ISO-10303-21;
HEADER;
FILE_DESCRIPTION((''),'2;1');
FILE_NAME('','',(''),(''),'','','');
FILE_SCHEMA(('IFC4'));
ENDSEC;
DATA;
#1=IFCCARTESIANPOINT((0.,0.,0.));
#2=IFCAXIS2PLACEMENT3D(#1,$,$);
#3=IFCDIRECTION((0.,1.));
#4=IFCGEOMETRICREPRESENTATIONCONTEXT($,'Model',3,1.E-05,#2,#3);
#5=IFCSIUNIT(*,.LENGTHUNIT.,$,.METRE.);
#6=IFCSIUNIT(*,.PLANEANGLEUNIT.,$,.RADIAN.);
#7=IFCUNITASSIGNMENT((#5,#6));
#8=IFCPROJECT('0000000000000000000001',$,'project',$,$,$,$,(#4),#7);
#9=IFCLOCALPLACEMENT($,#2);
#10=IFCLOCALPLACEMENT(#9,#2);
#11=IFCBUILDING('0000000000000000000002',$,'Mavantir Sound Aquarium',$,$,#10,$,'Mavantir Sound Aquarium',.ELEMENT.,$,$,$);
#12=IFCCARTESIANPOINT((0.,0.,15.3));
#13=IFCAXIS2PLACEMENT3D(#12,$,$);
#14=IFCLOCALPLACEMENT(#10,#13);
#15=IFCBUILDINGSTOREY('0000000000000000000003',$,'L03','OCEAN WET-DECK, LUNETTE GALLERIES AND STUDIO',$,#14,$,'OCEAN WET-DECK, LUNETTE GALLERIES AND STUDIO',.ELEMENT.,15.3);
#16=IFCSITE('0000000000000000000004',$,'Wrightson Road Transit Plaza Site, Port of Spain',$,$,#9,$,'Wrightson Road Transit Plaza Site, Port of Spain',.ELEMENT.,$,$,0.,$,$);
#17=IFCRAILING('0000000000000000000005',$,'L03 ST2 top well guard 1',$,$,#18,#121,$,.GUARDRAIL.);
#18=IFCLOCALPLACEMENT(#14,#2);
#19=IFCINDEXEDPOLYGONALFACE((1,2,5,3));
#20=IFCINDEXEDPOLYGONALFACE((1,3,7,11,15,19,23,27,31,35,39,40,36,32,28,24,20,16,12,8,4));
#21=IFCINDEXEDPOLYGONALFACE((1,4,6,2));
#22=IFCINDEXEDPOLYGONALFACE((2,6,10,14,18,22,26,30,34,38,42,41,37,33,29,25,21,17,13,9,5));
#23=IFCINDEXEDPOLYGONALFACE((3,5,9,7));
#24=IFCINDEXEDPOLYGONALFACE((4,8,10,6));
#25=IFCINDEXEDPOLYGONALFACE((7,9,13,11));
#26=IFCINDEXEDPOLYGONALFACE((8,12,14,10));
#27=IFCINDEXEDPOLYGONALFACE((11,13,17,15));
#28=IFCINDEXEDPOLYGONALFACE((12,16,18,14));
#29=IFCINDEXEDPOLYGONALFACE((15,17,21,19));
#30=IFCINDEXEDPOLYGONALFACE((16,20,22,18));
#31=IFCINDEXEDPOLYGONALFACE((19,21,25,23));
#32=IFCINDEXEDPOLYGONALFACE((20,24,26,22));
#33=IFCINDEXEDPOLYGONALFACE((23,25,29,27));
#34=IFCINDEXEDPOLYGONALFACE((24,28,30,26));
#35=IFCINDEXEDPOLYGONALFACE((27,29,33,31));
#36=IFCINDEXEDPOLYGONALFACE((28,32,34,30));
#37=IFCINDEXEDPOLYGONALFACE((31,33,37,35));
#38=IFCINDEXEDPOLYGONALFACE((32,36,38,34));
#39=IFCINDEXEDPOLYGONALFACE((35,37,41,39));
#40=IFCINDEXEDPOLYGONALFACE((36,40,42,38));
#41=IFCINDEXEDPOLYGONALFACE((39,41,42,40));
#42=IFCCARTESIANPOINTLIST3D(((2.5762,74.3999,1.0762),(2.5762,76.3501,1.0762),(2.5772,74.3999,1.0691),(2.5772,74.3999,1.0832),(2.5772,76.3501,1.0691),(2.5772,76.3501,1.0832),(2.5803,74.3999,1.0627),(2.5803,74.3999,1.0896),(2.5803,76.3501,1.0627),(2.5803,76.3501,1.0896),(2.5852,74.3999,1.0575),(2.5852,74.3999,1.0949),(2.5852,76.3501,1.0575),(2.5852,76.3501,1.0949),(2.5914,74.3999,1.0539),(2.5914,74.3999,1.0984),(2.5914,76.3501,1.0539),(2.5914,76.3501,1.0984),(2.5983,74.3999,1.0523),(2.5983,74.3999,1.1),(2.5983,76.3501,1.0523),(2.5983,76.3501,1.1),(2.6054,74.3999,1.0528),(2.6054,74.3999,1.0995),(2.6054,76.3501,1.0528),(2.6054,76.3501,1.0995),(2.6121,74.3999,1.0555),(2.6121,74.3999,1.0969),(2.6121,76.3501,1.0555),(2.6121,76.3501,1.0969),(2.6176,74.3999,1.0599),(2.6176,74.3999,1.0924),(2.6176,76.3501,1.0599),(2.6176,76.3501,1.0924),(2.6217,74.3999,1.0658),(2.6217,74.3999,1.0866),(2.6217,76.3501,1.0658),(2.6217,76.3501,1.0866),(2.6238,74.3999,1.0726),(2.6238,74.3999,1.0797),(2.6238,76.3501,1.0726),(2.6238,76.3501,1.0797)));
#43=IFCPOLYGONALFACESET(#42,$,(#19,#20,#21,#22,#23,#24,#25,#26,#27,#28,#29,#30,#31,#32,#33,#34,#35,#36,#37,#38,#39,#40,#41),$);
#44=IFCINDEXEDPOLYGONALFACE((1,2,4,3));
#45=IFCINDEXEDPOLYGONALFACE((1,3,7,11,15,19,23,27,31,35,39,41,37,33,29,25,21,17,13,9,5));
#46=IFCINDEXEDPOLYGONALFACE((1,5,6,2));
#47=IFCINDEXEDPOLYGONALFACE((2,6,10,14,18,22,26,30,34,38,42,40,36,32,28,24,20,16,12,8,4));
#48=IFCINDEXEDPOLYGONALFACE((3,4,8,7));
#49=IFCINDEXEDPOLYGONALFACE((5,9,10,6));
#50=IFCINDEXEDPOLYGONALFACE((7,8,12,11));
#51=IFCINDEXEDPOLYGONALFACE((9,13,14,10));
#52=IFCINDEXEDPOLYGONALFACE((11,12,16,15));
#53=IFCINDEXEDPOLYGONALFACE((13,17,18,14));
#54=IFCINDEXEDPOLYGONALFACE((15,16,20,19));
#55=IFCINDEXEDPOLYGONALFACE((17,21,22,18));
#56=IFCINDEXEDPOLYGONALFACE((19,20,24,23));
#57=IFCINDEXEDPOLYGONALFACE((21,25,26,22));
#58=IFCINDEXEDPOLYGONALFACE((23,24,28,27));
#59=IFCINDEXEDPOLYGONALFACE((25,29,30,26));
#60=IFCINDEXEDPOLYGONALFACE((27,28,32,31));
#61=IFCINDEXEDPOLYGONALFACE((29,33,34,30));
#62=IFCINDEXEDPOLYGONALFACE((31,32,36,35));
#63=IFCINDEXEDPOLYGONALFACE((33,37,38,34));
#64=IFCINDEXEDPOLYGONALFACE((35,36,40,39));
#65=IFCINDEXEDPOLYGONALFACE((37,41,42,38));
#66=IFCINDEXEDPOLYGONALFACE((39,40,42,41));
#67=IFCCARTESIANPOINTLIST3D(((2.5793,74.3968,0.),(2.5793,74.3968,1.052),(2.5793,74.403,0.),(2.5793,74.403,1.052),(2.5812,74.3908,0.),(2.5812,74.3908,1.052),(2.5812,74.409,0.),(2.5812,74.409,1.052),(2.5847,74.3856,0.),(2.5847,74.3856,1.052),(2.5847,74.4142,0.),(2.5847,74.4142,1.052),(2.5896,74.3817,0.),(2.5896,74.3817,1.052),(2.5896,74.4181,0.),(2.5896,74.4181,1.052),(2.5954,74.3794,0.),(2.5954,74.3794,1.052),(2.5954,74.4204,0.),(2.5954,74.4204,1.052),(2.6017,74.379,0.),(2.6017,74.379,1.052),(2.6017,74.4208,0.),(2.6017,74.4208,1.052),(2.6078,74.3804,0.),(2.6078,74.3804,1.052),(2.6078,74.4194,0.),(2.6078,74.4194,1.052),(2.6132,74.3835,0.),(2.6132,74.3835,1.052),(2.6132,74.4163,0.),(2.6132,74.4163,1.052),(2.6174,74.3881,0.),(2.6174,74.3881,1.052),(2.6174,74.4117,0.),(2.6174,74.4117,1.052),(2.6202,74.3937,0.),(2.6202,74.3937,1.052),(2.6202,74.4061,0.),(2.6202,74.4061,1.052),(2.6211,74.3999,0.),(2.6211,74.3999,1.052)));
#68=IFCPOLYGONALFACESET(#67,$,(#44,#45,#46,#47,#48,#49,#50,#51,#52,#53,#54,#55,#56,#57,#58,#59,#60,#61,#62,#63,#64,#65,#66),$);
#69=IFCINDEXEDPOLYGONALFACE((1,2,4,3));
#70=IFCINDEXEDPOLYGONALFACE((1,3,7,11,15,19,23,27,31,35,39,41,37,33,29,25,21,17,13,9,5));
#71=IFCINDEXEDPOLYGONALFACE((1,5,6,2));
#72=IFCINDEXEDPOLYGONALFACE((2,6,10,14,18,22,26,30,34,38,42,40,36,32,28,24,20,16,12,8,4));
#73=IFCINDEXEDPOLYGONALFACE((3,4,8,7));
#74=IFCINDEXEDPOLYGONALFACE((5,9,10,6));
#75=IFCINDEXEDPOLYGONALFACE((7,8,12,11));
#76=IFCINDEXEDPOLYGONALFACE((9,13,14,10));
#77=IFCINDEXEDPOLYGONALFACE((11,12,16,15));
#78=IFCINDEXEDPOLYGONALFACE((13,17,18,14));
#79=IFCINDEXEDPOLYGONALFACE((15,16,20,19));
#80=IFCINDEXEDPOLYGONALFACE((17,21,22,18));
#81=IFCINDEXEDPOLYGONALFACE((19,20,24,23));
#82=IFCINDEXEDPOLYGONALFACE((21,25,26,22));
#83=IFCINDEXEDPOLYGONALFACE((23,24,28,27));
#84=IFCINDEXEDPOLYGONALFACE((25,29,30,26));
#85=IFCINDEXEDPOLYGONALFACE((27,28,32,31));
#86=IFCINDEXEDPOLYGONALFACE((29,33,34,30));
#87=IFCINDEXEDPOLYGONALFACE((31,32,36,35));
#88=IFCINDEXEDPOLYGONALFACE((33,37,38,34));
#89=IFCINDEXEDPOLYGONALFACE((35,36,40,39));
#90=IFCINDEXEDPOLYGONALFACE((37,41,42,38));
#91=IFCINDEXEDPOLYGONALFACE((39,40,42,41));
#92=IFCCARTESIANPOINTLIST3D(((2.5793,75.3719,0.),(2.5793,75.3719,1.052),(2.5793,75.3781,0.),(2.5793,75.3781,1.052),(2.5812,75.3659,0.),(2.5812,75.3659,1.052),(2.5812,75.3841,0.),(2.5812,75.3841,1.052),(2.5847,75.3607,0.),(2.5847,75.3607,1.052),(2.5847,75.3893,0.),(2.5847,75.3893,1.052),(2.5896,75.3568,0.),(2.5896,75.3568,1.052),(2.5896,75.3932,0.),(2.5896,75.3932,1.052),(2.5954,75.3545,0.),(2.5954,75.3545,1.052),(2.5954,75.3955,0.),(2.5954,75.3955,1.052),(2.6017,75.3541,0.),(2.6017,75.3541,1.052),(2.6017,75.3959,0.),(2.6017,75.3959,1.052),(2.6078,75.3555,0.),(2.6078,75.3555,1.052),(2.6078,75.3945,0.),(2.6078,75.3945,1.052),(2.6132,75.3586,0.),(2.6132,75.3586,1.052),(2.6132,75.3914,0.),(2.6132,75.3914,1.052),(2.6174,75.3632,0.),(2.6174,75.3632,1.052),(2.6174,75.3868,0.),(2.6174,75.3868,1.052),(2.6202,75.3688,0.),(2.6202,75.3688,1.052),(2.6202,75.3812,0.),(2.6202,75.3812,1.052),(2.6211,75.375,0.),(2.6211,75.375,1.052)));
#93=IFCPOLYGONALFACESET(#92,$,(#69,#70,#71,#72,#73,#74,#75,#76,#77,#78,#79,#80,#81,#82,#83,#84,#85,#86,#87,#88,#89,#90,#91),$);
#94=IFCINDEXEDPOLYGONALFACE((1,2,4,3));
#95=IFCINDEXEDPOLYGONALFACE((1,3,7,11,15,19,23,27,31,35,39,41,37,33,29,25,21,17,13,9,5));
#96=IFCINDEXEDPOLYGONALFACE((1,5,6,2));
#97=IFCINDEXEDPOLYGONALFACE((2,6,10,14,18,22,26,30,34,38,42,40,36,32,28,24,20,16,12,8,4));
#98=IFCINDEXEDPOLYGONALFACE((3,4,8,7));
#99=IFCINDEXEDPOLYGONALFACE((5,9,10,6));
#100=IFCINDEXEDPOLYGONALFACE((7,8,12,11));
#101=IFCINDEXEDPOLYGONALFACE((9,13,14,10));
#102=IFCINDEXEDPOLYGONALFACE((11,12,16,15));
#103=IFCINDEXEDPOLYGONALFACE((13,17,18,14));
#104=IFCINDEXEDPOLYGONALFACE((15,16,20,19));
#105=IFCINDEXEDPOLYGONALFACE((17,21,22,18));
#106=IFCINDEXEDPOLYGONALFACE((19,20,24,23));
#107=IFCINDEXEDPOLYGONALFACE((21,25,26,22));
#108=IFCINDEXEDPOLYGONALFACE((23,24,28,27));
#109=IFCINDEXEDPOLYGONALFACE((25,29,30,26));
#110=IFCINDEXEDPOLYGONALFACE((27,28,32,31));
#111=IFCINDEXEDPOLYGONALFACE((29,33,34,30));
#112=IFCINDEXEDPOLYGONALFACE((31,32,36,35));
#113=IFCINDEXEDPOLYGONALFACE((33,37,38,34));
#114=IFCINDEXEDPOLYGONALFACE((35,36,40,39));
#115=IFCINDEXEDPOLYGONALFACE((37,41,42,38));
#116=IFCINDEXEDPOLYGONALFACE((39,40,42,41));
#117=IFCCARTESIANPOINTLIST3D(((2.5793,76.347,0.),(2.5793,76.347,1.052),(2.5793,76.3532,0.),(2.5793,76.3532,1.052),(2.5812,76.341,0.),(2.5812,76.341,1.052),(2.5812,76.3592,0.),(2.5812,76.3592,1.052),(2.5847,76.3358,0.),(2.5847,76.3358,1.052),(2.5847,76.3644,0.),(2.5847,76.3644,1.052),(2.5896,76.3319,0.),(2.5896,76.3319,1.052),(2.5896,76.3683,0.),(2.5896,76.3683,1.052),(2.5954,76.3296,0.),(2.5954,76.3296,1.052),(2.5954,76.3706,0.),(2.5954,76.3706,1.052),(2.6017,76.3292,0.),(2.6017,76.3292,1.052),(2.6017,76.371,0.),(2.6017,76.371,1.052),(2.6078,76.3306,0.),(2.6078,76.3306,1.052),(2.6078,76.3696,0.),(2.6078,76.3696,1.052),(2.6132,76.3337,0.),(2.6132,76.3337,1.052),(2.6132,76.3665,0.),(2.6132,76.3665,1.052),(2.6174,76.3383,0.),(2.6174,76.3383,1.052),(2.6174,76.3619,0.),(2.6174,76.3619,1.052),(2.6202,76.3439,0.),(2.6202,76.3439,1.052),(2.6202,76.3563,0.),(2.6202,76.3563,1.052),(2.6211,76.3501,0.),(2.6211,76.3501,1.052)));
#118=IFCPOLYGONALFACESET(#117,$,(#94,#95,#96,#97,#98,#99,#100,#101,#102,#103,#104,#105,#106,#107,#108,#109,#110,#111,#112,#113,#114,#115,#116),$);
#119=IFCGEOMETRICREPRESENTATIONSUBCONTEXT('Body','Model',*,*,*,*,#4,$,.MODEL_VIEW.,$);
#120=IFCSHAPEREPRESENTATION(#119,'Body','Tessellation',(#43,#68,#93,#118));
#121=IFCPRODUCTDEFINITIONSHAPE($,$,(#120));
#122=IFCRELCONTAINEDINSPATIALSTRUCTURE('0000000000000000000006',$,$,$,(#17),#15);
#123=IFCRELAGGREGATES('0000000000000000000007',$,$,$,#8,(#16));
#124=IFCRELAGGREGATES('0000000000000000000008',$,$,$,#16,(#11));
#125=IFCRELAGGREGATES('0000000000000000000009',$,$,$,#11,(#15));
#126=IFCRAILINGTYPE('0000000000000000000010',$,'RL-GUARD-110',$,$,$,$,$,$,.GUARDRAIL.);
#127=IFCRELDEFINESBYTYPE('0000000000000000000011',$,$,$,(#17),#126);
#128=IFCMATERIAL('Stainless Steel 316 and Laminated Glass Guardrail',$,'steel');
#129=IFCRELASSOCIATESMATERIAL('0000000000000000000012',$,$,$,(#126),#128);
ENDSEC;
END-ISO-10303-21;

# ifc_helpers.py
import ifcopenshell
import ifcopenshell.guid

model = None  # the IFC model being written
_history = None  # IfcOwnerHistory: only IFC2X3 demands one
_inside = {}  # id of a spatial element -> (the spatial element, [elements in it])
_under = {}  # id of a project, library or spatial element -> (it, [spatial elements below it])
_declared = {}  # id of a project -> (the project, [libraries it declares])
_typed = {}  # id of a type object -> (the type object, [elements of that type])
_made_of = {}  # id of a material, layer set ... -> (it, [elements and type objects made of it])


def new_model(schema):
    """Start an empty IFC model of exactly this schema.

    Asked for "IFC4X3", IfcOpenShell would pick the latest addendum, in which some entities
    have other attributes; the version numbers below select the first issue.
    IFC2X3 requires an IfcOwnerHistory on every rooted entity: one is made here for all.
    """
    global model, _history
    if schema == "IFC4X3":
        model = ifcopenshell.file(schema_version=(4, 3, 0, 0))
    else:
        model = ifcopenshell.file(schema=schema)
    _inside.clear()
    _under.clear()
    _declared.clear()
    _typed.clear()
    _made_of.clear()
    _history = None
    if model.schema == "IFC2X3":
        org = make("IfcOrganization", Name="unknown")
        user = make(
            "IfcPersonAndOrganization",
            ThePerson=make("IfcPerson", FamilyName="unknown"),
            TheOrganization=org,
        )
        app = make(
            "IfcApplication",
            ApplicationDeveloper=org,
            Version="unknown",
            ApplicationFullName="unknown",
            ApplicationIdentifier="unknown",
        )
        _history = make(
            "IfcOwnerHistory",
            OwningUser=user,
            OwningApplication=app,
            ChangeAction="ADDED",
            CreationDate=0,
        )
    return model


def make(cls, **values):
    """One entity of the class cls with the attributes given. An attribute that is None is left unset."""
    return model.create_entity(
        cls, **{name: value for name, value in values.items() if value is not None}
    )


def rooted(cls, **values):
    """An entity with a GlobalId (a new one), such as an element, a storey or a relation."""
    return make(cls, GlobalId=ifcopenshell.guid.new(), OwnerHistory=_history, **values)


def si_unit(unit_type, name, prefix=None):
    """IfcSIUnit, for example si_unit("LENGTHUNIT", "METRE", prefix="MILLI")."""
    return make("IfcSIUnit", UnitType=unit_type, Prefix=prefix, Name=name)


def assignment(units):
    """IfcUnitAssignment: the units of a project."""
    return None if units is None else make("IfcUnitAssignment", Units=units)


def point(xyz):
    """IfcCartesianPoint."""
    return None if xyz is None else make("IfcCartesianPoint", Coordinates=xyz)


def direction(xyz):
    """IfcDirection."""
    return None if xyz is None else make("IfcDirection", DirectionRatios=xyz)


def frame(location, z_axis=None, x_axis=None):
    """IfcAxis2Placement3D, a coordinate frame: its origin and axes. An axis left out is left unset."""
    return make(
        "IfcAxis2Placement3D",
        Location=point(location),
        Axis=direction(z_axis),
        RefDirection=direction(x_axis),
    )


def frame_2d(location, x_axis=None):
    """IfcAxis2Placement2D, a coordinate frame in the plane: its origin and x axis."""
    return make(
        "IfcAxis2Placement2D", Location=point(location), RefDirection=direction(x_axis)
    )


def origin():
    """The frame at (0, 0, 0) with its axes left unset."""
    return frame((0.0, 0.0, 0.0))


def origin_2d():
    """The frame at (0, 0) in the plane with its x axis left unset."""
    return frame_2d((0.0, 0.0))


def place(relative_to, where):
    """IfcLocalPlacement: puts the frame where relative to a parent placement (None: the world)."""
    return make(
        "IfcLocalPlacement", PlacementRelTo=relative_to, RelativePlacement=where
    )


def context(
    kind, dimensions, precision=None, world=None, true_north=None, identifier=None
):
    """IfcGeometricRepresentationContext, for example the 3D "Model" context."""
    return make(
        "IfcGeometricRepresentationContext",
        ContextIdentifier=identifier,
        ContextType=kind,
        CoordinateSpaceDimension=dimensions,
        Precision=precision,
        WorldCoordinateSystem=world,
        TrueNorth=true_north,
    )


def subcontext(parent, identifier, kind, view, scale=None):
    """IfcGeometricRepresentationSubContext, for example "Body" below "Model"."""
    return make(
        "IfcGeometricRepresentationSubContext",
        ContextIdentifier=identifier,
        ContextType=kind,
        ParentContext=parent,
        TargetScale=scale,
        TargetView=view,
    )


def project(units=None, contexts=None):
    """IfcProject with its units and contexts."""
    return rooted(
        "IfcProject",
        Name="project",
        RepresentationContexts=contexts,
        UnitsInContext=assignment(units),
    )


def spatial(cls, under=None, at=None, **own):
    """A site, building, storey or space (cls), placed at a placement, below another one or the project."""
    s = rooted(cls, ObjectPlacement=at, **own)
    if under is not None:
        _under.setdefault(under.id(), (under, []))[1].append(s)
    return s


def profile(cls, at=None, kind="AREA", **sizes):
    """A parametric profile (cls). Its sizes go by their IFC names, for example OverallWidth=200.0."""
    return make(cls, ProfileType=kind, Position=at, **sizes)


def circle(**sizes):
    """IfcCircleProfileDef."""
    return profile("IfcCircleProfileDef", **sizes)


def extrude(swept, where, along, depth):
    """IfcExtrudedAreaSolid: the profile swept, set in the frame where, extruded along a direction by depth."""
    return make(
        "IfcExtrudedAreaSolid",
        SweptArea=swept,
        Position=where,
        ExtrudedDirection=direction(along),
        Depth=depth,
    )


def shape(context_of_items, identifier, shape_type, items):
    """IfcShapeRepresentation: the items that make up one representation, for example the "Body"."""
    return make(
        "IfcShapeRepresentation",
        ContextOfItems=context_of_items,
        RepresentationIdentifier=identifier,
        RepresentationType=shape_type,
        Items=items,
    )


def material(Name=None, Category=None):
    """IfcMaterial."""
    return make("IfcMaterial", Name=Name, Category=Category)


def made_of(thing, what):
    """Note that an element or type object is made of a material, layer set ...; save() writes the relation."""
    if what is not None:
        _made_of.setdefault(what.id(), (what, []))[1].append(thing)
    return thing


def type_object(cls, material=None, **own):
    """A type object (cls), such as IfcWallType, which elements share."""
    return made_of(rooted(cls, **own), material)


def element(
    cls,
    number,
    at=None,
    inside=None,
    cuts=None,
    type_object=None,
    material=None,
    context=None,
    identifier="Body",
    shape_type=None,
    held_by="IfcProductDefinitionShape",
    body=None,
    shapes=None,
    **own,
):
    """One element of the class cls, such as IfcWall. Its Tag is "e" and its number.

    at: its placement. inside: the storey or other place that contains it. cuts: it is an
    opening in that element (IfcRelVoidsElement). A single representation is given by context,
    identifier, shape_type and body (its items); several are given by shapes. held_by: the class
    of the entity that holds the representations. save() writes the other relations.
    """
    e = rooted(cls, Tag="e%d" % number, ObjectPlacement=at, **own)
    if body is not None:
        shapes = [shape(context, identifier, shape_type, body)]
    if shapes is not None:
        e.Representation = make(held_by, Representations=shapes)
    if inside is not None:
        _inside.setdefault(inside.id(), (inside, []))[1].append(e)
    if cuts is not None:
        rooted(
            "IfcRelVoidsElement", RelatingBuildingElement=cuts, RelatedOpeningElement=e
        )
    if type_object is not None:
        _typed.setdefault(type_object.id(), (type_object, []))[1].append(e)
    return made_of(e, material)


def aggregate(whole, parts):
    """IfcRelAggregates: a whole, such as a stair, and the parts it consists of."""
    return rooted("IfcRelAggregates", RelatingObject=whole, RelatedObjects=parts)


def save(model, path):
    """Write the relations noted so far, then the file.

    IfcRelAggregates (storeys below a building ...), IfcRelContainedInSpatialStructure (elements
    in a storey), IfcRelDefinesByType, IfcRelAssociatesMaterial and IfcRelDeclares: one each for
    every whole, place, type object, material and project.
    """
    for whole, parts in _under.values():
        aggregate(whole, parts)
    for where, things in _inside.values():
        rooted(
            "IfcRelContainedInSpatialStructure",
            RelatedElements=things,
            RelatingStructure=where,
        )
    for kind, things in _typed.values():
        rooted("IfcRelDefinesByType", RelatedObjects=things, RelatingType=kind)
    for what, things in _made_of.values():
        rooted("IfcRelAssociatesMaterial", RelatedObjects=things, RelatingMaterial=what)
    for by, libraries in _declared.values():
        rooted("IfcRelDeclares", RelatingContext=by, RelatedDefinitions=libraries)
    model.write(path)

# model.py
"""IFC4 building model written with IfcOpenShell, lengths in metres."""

from ifc_helpers import new_model, si_unit, direction, frame, origin, origin_2d, place, context, subcontext, project, spatial, circle, extrude, material, type_object, element, save


model = new_model("IFC4")

# Units and contexts
model_context = context("Model", 3, precision=1e-05, world=origin(), true_north=direction((0.0, 1.0)))
body_context = subcontext(model_context, "Body", "Model", "MODEL_VIEW")
ifc_project = project(units=[si_unit("LENGTHUNIT", "METRE"), si_unit("PLANEANGLEUNIT", "RADIAN")], contexts=[model_context])

# Site, building, storey
site_placement = place(None, origin())
site = spatial("IfcSite", under=ifc_project, at=site_placement, Name="Wrightson Road Transit Plaza Site, Port of Spain", LongName="Wrightson Road Transit Plaza Site, Port of Spain", CompositionType="ELEMENT", RefElevation=0.0)
building_placement = place(site_placement, origin())
building = spatial("IfcBuilding", under=site, at=building_placement, Name="Mavantir Sound Aquarium", LongName="Mavantir Sound Aquarium", CompositionType="ELEMENT")
storey_placement = place(building_placement, frame((0.0, 0.0, 15.3)))
storey = spatial("IfcBuildingStorey", under=building, at=storey_placement, Name="L03", Description="OCEAN WET-DECK, LUNETTE GALLERIES AND STUDIO", LongName="OCEAN WET-DECK, LUNETTE GALLERIES AND STUDIO", CompositionType="ELEMENT", Elevation=15.3)

# Railing
ifc_material_1 = material(Name="Stainless Steel 316 and Laminated Glass Guardrail", Category="steel")
railing_type = type_object("IfcRailingType", Name="RL-GUARD-110", PredefinedType="GUARDRAIL", material=ifc_material_1)
railing_placement = place(storey_placement, frame((2.6001, 74.3999, 0.0)))
element("IfcRailing", 1, at=railing_placement, inside=storey, type_object=railing_type, Name="L03 ST2 top well guard 1", PredefinedType="GUARDRAIL", context=body_context, shape_type="SweptSolid", body=[
    extrude(circle(Radius=0.0239, at=origin_2d()), frame((0.0, 0.0, 1.0762), z_axis=(0.0, 1.0, 0.0), x_axis=(-1.0, 0.0, 0.0)), (0.0, 0.0, 1.0), 1.9502),
    extrude(circle(Radius=0.021, at=origin_2d()), origin(), (0.0, 0.0, 1.0), 1.052),
    extrude(circle(Radius=0.021, at=origin_2d()), frame((0.0, 0.9751, 0.0)), (0.0, 0.0, 1.0), 1.052),
    extrude(circle(Radius=0.021, at=origin_2d()), frame((0.0, 1.9502, 0.0)), (0.0, 0.0, 1.0), 1.052),
])

save(model, "model.ifc")
